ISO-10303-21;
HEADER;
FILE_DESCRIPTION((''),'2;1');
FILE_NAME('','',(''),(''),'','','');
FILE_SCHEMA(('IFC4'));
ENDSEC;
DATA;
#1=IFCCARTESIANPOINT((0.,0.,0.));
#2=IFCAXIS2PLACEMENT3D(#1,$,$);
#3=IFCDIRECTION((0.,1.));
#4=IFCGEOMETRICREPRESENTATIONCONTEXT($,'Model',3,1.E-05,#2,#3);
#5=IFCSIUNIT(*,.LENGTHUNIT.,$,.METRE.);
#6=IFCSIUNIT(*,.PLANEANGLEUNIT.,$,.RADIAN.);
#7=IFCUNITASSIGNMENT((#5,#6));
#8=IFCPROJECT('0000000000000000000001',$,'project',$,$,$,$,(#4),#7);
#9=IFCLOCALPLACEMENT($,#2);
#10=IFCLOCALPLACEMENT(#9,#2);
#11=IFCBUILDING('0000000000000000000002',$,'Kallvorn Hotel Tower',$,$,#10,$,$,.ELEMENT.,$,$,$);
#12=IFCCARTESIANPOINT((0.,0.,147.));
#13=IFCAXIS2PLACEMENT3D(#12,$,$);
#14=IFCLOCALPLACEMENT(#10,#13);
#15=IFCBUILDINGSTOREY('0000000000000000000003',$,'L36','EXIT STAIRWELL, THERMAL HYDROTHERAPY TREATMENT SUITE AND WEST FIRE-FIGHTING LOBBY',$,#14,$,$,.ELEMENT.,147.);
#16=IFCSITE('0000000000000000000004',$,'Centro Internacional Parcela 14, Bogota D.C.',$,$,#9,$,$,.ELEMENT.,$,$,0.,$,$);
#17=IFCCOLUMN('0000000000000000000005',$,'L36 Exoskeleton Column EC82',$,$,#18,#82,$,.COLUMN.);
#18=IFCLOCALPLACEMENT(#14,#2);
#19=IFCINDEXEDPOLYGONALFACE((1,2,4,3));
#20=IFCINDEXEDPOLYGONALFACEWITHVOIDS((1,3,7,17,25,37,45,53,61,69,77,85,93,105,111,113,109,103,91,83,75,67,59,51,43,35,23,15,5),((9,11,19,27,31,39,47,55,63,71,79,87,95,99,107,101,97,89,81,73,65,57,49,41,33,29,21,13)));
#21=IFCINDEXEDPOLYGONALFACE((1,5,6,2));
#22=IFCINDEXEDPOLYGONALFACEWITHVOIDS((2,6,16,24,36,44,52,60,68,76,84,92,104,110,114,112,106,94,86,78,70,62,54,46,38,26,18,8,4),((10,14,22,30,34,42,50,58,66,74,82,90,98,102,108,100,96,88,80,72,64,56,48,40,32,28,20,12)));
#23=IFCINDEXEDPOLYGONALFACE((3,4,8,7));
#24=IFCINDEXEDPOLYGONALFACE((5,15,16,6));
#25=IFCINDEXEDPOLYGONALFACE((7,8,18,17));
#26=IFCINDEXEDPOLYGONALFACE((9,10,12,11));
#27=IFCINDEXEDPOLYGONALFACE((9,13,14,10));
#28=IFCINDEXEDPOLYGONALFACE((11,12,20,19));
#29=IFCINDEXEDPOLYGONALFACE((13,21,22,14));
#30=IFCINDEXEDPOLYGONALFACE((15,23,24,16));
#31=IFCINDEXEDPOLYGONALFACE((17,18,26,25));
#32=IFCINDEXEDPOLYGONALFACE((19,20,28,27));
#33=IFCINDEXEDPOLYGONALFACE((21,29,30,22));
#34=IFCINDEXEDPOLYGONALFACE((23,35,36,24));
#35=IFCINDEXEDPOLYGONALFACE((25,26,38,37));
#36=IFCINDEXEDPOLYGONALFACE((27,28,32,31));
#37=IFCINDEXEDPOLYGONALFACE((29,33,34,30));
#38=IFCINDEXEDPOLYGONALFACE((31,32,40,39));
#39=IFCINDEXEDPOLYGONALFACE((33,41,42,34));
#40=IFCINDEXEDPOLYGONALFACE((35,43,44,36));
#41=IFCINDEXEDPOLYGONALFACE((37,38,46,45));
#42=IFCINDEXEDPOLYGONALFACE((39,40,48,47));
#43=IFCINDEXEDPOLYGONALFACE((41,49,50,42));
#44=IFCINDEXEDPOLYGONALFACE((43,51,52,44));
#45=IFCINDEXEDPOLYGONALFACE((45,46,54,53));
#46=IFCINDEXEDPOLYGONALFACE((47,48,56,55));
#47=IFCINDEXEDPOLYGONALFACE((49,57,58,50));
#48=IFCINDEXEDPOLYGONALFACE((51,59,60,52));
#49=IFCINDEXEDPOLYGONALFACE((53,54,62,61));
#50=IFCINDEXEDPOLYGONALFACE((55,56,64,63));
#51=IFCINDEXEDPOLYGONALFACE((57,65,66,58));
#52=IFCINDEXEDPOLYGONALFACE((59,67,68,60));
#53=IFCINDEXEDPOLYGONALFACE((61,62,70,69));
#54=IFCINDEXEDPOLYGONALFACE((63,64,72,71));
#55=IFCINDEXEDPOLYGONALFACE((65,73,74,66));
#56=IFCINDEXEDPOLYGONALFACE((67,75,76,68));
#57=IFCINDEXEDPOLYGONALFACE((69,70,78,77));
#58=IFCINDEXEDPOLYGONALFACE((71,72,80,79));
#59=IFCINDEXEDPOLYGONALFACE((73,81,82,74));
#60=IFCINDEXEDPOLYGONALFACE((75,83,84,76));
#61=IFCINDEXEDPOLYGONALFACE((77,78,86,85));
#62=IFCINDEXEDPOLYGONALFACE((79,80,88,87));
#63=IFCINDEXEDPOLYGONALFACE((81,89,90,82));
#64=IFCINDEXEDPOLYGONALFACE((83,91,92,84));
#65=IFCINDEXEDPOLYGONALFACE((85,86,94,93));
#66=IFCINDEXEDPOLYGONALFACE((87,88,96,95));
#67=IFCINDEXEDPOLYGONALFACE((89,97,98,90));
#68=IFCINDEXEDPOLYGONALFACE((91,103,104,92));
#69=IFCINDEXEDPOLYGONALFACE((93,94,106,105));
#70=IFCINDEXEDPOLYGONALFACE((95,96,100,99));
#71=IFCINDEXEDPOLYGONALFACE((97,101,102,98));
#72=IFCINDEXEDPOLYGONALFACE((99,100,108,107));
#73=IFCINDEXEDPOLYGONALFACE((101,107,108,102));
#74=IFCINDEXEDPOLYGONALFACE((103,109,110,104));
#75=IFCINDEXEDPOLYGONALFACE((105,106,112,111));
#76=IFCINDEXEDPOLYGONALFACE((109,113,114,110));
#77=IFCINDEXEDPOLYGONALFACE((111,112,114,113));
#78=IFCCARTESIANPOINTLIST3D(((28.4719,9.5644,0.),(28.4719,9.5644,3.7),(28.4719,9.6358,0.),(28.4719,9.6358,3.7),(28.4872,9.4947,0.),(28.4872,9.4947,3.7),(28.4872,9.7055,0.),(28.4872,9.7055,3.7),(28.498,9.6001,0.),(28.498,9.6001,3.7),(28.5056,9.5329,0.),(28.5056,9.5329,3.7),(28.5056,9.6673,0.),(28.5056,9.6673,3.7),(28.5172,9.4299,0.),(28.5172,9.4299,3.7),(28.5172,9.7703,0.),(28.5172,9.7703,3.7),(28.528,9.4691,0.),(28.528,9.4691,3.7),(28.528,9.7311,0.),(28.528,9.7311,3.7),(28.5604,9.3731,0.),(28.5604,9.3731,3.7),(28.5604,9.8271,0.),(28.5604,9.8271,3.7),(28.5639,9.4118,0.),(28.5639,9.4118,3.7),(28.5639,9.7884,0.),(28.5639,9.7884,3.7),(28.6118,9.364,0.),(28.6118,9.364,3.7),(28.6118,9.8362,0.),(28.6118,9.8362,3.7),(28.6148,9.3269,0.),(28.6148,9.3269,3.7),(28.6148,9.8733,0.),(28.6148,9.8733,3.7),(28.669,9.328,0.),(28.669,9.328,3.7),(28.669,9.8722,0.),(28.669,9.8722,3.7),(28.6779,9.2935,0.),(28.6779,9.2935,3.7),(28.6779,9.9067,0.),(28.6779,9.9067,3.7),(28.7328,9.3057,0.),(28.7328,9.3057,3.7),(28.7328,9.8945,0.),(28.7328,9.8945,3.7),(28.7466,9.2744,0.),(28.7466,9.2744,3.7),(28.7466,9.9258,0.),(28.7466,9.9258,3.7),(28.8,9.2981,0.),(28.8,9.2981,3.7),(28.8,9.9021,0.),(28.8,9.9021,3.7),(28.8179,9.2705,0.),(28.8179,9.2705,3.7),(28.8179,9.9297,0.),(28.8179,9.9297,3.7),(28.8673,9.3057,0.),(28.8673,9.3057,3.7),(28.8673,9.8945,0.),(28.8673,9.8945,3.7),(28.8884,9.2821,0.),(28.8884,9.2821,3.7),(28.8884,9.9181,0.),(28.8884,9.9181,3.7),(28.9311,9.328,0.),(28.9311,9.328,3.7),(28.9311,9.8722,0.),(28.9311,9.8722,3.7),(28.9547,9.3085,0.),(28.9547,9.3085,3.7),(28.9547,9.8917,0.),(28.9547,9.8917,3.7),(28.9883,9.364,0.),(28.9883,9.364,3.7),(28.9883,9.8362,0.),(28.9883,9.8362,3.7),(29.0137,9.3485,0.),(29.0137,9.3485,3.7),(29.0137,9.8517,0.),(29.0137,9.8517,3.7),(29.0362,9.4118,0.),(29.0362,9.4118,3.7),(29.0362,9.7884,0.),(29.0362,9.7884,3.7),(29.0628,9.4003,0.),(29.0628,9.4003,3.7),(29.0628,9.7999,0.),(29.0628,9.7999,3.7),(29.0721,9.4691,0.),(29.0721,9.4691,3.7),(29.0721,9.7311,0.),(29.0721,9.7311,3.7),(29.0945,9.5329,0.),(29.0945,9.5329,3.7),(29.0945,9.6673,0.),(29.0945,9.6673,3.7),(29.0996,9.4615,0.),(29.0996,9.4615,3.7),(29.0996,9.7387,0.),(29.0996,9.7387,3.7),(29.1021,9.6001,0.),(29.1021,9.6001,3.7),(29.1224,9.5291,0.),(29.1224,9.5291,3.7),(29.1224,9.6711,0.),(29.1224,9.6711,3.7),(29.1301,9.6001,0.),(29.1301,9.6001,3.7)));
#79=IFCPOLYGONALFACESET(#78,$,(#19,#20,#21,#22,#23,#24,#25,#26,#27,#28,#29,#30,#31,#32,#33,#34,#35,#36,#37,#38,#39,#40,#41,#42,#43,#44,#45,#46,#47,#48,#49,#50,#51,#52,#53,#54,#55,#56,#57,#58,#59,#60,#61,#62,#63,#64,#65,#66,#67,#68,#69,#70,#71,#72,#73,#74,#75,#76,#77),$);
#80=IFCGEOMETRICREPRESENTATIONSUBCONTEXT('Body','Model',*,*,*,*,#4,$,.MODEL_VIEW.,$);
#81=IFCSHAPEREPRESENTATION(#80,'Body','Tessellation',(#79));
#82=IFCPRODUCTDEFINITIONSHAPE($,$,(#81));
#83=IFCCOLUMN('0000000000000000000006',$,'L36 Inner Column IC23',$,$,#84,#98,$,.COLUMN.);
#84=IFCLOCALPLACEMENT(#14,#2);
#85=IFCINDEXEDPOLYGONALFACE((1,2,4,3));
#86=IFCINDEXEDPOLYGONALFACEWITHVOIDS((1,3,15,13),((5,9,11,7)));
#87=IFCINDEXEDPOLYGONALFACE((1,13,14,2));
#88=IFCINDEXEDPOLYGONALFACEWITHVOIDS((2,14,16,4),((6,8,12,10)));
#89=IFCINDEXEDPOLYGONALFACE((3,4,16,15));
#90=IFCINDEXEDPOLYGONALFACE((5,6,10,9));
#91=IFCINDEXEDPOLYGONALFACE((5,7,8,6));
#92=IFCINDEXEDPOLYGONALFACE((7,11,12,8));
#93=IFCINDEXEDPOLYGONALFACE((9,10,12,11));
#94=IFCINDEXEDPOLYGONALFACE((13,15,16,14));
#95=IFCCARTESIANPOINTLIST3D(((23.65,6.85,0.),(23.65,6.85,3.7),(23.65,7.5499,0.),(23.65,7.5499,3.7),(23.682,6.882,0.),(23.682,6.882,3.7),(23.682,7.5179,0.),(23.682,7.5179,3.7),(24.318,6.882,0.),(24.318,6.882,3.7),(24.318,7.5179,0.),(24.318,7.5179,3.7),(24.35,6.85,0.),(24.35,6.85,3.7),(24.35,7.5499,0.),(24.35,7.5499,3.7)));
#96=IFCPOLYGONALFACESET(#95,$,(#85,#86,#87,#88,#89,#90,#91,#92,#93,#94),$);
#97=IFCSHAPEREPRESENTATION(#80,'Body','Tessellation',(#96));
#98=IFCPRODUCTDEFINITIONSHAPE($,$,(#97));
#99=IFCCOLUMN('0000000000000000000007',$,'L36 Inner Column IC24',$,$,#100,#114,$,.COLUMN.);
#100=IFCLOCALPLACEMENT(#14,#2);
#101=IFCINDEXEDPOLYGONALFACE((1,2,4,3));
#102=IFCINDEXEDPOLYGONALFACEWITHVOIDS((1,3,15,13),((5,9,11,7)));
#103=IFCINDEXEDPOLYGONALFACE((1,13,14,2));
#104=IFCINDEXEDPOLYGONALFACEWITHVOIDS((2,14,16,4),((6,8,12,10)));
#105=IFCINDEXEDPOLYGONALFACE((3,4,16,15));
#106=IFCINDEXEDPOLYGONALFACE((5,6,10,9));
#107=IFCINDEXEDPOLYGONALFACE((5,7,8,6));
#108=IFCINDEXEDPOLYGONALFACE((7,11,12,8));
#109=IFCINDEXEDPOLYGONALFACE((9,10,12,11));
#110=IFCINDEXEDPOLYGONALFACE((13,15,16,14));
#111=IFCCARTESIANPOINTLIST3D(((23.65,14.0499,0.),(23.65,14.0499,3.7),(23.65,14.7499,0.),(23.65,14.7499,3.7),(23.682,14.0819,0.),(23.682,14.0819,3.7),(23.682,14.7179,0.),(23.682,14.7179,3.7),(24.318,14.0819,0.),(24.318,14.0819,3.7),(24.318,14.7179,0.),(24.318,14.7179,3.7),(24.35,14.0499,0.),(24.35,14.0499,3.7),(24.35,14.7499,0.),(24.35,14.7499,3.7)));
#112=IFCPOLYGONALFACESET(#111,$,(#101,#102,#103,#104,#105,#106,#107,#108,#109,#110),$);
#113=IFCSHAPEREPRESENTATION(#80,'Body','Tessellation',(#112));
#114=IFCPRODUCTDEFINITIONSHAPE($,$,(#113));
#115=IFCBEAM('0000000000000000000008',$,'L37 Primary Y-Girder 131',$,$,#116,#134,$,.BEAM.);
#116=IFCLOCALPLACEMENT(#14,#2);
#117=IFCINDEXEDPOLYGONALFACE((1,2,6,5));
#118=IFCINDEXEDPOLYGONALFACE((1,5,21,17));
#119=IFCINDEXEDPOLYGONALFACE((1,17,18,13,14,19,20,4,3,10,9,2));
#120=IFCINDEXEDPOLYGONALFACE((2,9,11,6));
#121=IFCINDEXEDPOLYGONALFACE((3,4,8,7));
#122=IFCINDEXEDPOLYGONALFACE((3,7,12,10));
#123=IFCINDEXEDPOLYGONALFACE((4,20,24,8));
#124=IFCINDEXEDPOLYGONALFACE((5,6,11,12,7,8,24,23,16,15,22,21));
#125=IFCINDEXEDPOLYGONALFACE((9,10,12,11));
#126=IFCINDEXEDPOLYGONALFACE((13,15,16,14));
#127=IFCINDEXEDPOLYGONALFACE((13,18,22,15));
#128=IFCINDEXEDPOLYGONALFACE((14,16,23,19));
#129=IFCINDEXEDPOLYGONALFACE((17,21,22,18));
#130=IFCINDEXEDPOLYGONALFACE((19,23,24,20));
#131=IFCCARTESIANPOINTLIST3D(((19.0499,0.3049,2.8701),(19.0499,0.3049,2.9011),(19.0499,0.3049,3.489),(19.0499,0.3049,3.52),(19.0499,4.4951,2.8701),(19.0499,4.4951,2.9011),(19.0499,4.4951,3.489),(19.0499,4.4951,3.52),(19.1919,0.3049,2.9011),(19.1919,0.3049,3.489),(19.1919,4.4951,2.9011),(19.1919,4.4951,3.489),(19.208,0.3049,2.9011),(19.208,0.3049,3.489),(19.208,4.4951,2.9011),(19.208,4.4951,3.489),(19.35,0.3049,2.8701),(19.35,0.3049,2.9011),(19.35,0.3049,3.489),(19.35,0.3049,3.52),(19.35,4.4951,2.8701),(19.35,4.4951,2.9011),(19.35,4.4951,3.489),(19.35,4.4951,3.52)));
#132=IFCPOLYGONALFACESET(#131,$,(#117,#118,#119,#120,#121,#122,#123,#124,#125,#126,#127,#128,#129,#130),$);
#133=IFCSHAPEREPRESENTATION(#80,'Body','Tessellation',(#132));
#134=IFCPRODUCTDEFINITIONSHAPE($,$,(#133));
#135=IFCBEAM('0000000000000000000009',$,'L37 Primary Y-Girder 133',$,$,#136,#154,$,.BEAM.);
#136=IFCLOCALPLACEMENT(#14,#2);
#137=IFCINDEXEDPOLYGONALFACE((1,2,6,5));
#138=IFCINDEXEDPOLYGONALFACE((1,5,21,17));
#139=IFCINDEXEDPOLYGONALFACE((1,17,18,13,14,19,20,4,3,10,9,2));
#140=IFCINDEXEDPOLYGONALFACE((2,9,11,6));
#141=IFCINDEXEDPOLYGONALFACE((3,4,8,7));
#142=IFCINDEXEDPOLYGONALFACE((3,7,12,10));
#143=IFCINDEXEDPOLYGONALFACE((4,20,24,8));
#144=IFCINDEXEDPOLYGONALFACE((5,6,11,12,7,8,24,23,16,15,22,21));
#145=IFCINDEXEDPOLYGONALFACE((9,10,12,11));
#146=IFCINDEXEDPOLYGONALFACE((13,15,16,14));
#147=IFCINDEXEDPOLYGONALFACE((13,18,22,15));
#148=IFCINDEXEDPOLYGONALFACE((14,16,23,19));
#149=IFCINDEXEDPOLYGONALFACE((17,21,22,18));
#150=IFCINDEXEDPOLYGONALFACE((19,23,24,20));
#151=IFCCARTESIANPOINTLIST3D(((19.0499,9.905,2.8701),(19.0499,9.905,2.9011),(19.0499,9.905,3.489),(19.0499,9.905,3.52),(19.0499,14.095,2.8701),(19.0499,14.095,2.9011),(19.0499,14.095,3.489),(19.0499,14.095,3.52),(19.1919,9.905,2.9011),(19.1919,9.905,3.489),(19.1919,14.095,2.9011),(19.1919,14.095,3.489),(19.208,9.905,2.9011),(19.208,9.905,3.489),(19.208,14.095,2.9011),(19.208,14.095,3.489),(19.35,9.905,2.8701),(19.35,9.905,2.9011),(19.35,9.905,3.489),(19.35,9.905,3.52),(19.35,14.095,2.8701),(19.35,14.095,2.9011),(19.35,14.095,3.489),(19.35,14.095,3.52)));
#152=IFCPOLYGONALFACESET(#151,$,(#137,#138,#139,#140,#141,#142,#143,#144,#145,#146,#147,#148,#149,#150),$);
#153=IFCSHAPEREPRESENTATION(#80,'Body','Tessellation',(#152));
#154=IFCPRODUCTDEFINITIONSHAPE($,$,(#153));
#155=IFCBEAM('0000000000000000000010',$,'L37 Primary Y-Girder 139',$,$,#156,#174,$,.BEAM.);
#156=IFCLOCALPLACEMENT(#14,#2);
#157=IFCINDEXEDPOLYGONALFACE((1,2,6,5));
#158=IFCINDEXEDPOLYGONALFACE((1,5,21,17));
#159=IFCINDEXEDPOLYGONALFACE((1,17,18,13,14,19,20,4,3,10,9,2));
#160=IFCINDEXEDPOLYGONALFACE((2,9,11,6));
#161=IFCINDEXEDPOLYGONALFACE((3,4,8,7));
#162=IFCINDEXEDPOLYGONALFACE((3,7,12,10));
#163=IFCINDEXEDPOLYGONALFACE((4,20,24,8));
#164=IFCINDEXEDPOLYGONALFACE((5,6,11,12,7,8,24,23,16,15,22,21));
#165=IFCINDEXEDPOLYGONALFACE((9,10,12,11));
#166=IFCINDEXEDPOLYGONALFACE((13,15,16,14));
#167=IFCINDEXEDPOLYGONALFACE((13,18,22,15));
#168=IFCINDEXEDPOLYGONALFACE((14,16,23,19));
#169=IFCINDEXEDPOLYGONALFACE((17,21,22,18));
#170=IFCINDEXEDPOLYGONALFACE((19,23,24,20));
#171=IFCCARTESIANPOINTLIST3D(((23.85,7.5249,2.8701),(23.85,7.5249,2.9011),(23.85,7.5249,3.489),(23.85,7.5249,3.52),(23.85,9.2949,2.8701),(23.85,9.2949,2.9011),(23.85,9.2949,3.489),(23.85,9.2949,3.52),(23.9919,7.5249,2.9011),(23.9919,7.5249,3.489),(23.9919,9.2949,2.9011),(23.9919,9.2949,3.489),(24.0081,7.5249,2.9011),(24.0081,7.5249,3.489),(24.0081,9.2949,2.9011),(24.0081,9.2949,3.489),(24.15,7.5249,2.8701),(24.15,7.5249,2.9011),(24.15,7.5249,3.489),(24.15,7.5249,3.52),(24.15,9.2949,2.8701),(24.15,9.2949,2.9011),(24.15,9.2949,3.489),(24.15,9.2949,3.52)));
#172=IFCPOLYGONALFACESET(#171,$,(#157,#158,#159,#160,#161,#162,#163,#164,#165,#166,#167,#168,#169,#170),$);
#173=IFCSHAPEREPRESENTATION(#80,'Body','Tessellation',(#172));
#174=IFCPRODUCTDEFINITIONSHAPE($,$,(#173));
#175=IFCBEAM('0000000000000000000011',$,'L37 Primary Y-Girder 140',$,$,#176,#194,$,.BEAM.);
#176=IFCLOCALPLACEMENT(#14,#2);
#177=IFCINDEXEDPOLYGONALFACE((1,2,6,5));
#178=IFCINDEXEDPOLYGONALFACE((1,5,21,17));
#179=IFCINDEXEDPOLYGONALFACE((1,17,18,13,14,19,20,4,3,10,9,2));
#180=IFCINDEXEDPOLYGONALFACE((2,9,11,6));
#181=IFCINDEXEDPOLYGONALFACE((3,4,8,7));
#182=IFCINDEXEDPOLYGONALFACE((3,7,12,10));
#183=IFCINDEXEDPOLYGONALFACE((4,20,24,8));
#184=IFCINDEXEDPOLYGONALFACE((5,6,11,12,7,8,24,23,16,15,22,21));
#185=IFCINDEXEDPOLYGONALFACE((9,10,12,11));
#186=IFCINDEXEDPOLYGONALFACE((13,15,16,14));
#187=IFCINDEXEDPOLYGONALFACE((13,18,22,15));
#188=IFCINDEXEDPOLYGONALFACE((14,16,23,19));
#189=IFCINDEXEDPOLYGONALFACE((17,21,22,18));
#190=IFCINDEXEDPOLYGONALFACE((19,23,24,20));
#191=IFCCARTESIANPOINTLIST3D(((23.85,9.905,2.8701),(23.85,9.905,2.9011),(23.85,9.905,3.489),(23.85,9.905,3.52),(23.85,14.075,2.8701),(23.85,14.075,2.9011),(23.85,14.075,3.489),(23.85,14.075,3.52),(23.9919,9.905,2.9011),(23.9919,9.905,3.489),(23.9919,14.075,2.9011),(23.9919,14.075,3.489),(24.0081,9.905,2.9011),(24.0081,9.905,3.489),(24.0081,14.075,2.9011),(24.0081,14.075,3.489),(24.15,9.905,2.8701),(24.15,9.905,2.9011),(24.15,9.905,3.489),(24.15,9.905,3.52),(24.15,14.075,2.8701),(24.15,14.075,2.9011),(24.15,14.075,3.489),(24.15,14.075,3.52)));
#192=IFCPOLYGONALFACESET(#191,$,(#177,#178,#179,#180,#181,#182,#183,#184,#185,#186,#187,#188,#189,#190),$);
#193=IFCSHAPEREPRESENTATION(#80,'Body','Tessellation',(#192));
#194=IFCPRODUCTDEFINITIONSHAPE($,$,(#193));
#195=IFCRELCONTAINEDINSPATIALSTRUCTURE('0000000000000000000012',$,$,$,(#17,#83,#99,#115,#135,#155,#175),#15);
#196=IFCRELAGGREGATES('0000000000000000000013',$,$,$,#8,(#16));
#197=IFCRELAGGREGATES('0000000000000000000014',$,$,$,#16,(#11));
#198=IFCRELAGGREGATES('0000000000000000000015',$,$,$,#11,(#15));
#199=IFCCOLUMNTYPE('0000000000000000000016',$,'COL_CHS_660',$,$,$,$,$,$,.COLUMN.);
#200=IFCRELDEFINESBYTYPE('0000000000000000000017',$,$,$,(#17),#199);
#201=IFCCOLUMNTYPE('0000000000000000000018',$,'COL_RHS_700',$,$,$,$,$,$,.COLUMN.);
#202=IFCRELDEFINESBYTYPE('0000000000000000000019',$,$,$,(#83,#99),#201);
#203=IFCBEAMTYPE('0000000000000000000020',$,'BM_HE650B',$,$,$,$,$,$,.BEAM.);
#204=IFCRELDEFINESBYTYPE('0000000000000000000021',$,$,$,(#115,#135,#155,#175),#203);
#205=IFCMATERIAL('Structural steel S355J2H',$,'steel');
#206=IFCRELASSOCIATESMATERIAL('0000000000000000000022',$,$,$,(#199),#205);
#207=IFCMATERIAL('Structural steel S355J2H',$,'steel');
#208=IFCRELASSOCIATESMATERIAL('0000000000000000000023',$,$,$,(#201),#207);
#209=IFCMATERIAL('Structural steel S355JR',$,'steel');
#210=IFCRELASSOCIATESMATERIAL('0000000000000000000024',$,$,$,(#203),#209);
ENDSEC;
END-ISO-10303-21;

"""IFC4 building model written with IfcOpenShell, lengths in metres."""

from ifc_helpers import new_model, si_unit, direction, frame, origin, origin_2d, place, context, subcontext, project, spatial, hollow_rectangle, hollow_circle, i_section, extrude, material, material_profile, profile_set, type_object, element, save


model = new_model("IFC4")

# Units and contexts
model_context = context("Model", 3, precision=1e-05, world=origin(), true_north=direction((0.0, 1.0)))
body_context = subcontext(model_context, "Body", "Model", "MODEL_VIEW")
ifc_project = project(units=[si_unit("LENGTHUNIT", "METRE"), si_unit("PLANEANGLEUNIT", "RADIAN")], contexts=[model_context])

# Site, building, storey
site_placement = place(None, origin())
site = spatial("IfcSite", under=ifc_project, at=site_placement, Name="Centro Internacional Parcela 14, Bogota D.C.", CompositionType="ELEMENT", RefElevation=0.0)
building_placement = place(site_placement, origin())
building = spatial("IfcBuilding", under=site, at=building_placement, Name="Kallvorn Hotel Tower", CompositionType="ELEMENT")
storey_placement = place(building_placement, frame((0.0, 0.0, 147.0)))
storey = spatial("IfcBuildingStorey", under=building, at=storey_placement, Name="L36", Description="EXIT STAIRWELL, THERMAL HYDROTHERAPY TREATMENT SUITE AND WEST FIRE-FIGHTING LOBBY", CompositionType="ELEMENT", Elevation=147.0)

# Columns
ifc_material_1 = material(Name="Structural steel S355J2H", Category="steel")
ifc_material_profile_1 = material_profile(ifc_material_1, hollow_circle(Radius=0.3301, WallThickness=0.0281, at=origin_2d()), Name="CHS 660x28")
ifc_profile_set_1 = profile_set([ifc_material_profile_1], Name="Structural steel S355J2H")
column_type_1 = type_object("IfcColumnType", Name="COL_CHS_660", PredefinedType="COLUMN", material=ifc_profile_set_1)
for number, where, z_axis, x_axis, name in (
    (1, (28.8, 9.6001, 0.0), (0.0, 0.0, 1.0), (1.0, 0.0, 0.0), "L36 Exoskeleton Column EC82"),
):
    element("IfcColumn", number, at=place(storey_placement, frame(where, z_axis=z_axis, x_axis=x_axis)), inside=storey, type_object=column_type_1, Name=name, PredefinedType="COLUMN", context=body_context, shape_type="SweptSolid", body=[
        extrude(hollow_circle(Radius=0.3301, WallThickness=0.0281, at=origin_2d()), origin(), (0.0, 0.0, 1.0), 3.7),
    ])
ifc_material_2 = material(Name="Structural steel S355J2H", Category="steel")
ifc_material_profile_2 = material_profile(ifc_material_2, hollow_rectangle(XDim=0.7, YDim=0.7, WallThickness=0.032, at=origin_2d()), Name="RHS 700x700x32")
ifc_profile_set_2 = profile_set([ifc_material_profile_2], Name="Structural steel S355J2H")
column_type_2 = type_object("IfcColumnType", Name="COL_RHS_700", PredefinedType="COLUMN", material=ifc_profile_set_2)
for number, where, z_axis, x_axis, name in (
    (2, (24.0, 7.2, 0.0), (0.0, 0.0, 1.0), (1.0, 0.0, 0.0), "L36 Inner Column IC23"),
    (3, (24.0, 14.3999, 0.0), (0.0, 0.0, 1.0), (1.0, 0.0, 0.0), "L36 Inner Column IC24"),
):
    element("IfcColumn", number, at=place(storey_placement, frame(where, z_axis=z_axis, x_axis=x_axis)), inside=storey, type_object=column_type_2, Name=name, PredefinedType="COLUMN", context=body_context, shape_type="SweptSolid", body=[
        extrude(hollow_rectangle(XDim=0.7, YDim=0.7, WallThickness=0.032, at=origin_2d()), origin(), (0.0, 0.0, 1.0), 3.7),
    ])

# Beams
ifc_material_3 = material(Name="Structural steel S355JR", Category="steel")
ifc_material_profile_3 = material_profile(ifc_material_3, i_section(OverallWidth=0.3, OverallDepth=0.6499, WebThickness=0.0161, FlangeThickness=0.031, at=origin_2d()), Name="HE 650 B")
ifc_profile_set_3 = profile_set([ifc_material_profile_3], Name="Structural steel S355JR")
beam_type_1 = type_object("IfcBeamType", Name="BM_HE650B", PredefinedType="BEAM", material=ifc_profile_set_3)
beam_1_placement = place(storey_placement, frame((19.2, 0.3049, 3.1951), z_axis=(0.0, 1.0, 0.0), x_axis=(-1.0, 0.0, 0.0)))
element("IfcBeam", 4, at=beam_1_placement, inside=storey, type_object=beam_type_1, Name="L37 Primary Y-Girder 131", PredefinedType="BEAM", context=body_context, shape_type="SweptSolid", body=[
    extrude(i_section(OverallWidth=0.3, OverallDepth=0.6499, WebThickness=0.0161, FlangeThickness=0.031, at=origin_2d()), origin(), (0.0, 0.0, 1.0), 4.1902),
])
beam_2_placement = place(storey_placement, frame((19.2, 9.905, 3.1951), z_axis=(0.0, 1.0, 0.0), x_axis=(-1.0, 0.0, 0.0)))
element("IfcBeam", 5, at=beam_2_placement, inside=storey, type_object=beam_type_1, Name="L37 Primary Y-Girder 133", PredefinedType="BEAM", context=body_context, shape_type="SweptSolid", body=[
    extrude(i_section(OverallWidth=0.3, OverallDepth=0.6499, WebThickness=0.0161, FlangeThickness=0.031, at=origin_2d()), origin(), (0.0, 0.0, 1.0), 4.1899),
])
beam_3_placement = place(storey_placement, frame((24.0, 7.5249, 3.1951), z_axis=(0.0, 1.0, 0.0), x_axis=(-1.0, 0.0, 0.0)))
element("IfcBeam", 6, at=beam_3_placement, inside=storey, type_object=beam_type_1, Name="L37 Primary Y-Girder 139", PredefinedType="BEAM", context=body_context, shape_type="SweptSolid", body=[
    extrude(i_section(OverallWidth=0.3, OverallDepth=0.6499, WebThickness=0.0161, FlangeThickness=0.031, at=origin_2d()), origin(), (0.0, 0.0, 1.0), 1.77),
])
beam_4_placement = place(storey_placement, frame((24.0, 9.905, 3.1951), z_axis=(0.0, 1.0, 0.0), x_axis=(-1.0, 0.0, 0.0)))
element("IfcBeam", 7, at=beam_4_placement, inside=storey, type_object=beam_type_1, Name="L37 Primary Y-Girder 140", PredefinedType="BEAM", context=body_context, shape_type="SweptSolid", body=[
    extrude(i_section(OverallWidth=0.3, OverallDepth=0.6499, WebThickness=0.0161, FlangeThickness=0.031, at=origin_2d()), origin(), (0.0, 0.0, 1.0), 4.1699),
])

save(model, "model.ifc")
